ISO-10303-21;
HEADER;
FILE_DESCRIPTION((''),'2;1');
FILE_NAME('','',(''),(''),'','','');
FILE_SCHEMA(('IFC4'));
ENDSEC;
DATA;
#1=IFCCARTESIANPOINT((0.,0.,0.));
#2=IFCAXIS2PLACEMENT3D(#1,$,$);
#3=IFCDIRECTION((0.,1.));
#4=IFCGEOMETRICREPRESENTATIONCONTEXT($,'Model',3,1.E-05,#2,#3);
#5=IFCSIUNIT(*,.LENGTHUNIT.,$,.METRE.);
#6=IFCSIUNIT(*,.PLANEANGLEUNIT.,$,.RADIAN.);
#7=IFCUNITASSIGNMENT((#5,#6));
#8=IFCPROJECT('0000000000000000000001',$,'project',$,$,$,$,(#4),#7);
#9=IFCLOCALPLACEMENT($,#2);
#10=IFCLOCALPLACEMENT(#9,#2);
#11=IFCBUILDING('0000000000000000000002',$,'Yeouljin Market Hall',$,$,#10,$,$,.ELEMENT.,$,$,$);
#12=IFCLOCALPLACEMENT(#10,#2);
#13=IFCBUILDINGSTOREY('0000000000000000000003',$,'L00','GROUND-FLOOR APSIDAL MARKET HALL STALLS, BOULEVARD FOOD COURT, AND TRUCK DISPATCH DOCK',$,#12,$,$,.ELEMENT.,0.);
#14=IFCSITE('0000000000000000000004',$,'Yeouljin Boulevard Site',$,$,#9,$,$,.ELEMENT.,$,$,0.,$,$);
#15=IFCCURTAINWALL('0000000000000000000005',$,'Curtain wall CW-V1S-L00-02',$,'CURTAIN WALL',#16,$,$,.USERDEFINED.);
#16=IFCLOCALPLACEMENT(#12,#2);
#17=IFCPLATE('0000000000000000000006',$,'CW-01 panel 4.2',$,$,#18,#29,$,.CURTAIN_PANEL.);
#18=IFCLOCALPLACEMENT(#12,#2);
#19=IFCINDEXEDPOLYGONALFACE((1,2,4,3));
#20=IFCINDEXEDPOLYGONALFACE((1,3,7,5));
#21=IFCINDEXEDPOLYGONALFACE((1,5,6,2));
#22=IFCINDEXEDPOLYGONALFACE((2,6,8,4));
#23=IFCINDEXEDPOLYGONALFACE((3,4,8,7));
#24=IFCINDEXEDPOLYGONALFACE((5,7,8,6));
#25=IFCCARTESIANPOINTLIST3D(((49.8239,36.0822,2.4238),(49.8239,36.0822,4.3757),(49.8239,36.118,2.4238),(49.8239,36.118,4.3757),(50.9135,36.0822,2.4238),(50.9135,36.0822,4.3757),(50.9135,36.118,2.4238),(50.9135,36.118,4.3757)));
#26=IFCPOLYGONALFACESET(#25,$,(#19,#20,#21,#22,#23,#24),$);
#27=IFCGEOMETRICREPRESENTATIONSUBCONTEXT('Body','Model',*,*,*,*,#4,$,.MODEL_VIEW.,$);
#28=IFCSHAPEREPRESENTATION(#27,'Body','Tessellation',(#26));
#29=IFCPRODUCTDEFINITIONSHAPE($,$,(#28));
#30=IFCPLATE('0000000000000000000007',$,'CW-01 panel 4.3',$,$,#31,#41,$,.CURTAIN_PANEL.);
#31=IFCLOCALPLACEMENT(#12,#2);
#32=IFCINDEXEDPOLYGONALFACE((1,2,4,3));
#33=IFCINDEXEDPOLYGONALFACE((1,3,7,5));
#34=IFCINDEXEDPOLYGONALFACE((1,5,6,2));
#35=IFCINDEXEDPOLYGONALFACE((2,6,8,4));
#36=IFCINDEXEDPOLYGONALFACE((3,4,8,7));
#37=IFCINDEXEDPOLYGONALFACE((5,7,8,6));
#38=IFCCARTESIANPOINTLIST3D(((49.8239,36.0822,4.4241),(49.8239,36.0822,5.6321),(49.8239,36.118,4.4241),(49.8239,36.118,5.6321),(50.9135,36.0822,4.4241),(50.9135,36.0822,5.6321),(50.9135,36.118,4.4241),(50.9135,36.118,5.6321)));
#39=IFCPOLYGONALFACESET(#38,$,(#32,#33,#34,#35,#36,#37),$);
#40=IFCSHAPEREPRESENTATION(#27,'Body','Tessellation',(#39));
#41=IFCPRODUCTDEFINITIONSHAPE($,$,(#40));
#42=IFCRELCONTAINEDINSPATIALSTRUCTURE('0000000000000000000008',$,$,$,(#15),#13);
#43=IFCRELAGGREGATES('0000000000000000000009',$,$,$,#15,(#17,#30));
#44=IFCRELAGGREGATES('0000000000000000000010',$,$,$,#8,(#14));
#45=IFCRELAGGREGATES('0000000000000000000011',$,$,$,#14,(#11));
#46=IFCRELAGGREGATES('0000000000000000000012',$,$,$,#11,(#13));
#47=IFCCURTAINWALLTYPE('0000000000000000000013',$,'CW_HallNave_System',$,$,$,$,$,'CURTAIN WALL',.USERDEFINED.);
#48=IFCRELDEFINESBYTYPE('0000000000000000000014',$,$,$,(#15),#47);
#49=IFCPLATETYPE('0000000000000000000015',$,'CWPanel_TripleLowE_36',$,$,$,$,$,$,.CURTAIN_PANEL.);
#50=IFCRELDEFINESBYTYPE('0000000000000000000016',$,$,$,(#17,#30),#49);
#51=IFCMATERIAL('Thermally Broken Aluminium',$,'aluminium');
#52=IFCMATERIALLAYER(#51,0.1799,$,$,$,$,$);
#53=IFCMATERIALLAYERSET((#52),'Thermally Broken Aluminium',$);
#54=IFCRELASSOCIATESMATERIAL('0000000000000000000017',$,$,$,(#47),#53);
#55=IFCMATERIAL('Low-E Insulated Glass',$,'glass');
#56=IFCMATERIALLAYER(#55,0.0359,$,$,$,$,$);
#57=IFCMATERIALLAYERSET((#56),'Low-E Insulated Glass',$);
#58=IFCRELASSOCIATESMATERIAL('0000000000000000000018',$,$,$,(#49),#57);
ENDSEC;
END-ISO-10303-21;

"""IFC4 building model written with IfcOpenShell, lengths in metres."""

from ifc_helpers import new_model, si_unit, direction, frame, origin, origin_2d, place, context, subcontext, project, spatial, rectangle, extrude, material, layer, layer_set, type_object, element, aggregate, save


model = new_model("IFC4")

# Units and contexts
model_context = context("Model", 3, precision=1e-05, world=origin(), true_north=direction((0.0, 1.0)))
body_context = subcontext(model_context, "Body", "Model", "MODEL_VIEW")
ifc_project = project(units=[si_unit("LENGTHUNIT", "METRE"), si_unit("PLANEANGLEUNIT", "RADIAN")], contexts=[model_context])

# Site, building, storey
site_placement = place(None, origin())
site = spatial("IfcSite", under=ifc_project, at=site_placement, Name="Yeouljin Boulevard Site", CompositionType="ELEMENT", RefElevation=0.0)
building_placement = place(site_placement, origin())
building = spatial("IfcBuilding", under=site, at=building_placement, Name="Yeouljin Market Hall", CompositionType="ELEMENT")
storey_placement = place(building_placement, origin())
storey = spatial("IfcBuildingStorey", under=building, at=storey_placement, Name="L00", Description="GROUND-FLOOR APSIDAL MARKET HALL STALLS, BOULEVARD FOOD COURT, AND TRUCK DISPATCH DOCK", CompositionType="ELEMENT", Elevation=0.0)

# Curtain wall, plates
ifc_material_1 = material(Name="Thermally Broken Aluminium", Category="aluminium")
ifc_layer_1 = layer(ifc_material_1, 0.1799)
ifc_layer_set_1 = layer_set([ifc_layer_1], Name="Thermally Broken Aluminium")
curtain_wall_type = type_object("IfcCurtainWallType", Name="CW_HallNave_System", ElementType="CURTAIN WALL", PredefinedType="USERDEFINED", material=ifc_layer_set_1)
curtain_wall_placement = place(storey_placement, origin())
curtain_wall = element("IfcCurtainWall", 1, at=curtain_wall_placement, inside=storey, type_object=curtain_wall_type, Name="Curtain wall CW-V1S-L00-02", ObjectType="CURTAIN WALL", PredefinedType="USERDEFINED")
ifc_material_2 = material(Name="Low-E Insulated Glass", Category="glass")
ifc_layer_2 = layer(ifc_material_2, 0.0359)
ifc_layer_set_2 = layer_set([ifc_layer_2], Name="Low-E Insulated Glass")
plate_type = type_object("IfcPlateType", Name="CWPanel_TripleLowE_36", PredefinedType="CURTAIN_PANEL", material=ifc_layer_set_2)
plate_1_placement = place(storey_placement, frame((50.3687, 36.1001, 2.4238), z_axis=(0.0, 0.0, 1.0), x_axis=(-1.0, 0.0, 0.0)))
plate_1 = element("IfcPlate", 2, at=plate_1_placement, type_object=plate_type, Name="CW-01 panel 4.2", PredefinedType="CURTAIN_PANEL", context=body_context, shape_type="SweptSolid", body=[
    extrude(rectangle(XDim=1.0896, YDim=0.0359, at=origin_2d()), origin(), (0.0, 0.0, 1.0), 1.9519),
])
plate_2_placement = place(storey_placement, frame((50.3687, 36.1001, 4.4241), z_axis=(0.0, 0.0, 1.0), x_axis=(-1.0, 0.0, 0.0)))
plate_2 = element("IfcPlate", 3, at=plate_2_placement, type_object=plate_type, Name="CW-01 panel 4.3", PredefinedType="CURTAIN_PANEL", context=body_context, shape_type="SweptSolid", body=[
    extrude(rectangle(XDim=1.0896, YDim=0.0359, at=origin_2d()), origin(), (0.0, 0.0, 1.0), 1.208),
])
aggregate(curtain_wall, [plate_1, plate_2])

save(model, "model.ifc")
